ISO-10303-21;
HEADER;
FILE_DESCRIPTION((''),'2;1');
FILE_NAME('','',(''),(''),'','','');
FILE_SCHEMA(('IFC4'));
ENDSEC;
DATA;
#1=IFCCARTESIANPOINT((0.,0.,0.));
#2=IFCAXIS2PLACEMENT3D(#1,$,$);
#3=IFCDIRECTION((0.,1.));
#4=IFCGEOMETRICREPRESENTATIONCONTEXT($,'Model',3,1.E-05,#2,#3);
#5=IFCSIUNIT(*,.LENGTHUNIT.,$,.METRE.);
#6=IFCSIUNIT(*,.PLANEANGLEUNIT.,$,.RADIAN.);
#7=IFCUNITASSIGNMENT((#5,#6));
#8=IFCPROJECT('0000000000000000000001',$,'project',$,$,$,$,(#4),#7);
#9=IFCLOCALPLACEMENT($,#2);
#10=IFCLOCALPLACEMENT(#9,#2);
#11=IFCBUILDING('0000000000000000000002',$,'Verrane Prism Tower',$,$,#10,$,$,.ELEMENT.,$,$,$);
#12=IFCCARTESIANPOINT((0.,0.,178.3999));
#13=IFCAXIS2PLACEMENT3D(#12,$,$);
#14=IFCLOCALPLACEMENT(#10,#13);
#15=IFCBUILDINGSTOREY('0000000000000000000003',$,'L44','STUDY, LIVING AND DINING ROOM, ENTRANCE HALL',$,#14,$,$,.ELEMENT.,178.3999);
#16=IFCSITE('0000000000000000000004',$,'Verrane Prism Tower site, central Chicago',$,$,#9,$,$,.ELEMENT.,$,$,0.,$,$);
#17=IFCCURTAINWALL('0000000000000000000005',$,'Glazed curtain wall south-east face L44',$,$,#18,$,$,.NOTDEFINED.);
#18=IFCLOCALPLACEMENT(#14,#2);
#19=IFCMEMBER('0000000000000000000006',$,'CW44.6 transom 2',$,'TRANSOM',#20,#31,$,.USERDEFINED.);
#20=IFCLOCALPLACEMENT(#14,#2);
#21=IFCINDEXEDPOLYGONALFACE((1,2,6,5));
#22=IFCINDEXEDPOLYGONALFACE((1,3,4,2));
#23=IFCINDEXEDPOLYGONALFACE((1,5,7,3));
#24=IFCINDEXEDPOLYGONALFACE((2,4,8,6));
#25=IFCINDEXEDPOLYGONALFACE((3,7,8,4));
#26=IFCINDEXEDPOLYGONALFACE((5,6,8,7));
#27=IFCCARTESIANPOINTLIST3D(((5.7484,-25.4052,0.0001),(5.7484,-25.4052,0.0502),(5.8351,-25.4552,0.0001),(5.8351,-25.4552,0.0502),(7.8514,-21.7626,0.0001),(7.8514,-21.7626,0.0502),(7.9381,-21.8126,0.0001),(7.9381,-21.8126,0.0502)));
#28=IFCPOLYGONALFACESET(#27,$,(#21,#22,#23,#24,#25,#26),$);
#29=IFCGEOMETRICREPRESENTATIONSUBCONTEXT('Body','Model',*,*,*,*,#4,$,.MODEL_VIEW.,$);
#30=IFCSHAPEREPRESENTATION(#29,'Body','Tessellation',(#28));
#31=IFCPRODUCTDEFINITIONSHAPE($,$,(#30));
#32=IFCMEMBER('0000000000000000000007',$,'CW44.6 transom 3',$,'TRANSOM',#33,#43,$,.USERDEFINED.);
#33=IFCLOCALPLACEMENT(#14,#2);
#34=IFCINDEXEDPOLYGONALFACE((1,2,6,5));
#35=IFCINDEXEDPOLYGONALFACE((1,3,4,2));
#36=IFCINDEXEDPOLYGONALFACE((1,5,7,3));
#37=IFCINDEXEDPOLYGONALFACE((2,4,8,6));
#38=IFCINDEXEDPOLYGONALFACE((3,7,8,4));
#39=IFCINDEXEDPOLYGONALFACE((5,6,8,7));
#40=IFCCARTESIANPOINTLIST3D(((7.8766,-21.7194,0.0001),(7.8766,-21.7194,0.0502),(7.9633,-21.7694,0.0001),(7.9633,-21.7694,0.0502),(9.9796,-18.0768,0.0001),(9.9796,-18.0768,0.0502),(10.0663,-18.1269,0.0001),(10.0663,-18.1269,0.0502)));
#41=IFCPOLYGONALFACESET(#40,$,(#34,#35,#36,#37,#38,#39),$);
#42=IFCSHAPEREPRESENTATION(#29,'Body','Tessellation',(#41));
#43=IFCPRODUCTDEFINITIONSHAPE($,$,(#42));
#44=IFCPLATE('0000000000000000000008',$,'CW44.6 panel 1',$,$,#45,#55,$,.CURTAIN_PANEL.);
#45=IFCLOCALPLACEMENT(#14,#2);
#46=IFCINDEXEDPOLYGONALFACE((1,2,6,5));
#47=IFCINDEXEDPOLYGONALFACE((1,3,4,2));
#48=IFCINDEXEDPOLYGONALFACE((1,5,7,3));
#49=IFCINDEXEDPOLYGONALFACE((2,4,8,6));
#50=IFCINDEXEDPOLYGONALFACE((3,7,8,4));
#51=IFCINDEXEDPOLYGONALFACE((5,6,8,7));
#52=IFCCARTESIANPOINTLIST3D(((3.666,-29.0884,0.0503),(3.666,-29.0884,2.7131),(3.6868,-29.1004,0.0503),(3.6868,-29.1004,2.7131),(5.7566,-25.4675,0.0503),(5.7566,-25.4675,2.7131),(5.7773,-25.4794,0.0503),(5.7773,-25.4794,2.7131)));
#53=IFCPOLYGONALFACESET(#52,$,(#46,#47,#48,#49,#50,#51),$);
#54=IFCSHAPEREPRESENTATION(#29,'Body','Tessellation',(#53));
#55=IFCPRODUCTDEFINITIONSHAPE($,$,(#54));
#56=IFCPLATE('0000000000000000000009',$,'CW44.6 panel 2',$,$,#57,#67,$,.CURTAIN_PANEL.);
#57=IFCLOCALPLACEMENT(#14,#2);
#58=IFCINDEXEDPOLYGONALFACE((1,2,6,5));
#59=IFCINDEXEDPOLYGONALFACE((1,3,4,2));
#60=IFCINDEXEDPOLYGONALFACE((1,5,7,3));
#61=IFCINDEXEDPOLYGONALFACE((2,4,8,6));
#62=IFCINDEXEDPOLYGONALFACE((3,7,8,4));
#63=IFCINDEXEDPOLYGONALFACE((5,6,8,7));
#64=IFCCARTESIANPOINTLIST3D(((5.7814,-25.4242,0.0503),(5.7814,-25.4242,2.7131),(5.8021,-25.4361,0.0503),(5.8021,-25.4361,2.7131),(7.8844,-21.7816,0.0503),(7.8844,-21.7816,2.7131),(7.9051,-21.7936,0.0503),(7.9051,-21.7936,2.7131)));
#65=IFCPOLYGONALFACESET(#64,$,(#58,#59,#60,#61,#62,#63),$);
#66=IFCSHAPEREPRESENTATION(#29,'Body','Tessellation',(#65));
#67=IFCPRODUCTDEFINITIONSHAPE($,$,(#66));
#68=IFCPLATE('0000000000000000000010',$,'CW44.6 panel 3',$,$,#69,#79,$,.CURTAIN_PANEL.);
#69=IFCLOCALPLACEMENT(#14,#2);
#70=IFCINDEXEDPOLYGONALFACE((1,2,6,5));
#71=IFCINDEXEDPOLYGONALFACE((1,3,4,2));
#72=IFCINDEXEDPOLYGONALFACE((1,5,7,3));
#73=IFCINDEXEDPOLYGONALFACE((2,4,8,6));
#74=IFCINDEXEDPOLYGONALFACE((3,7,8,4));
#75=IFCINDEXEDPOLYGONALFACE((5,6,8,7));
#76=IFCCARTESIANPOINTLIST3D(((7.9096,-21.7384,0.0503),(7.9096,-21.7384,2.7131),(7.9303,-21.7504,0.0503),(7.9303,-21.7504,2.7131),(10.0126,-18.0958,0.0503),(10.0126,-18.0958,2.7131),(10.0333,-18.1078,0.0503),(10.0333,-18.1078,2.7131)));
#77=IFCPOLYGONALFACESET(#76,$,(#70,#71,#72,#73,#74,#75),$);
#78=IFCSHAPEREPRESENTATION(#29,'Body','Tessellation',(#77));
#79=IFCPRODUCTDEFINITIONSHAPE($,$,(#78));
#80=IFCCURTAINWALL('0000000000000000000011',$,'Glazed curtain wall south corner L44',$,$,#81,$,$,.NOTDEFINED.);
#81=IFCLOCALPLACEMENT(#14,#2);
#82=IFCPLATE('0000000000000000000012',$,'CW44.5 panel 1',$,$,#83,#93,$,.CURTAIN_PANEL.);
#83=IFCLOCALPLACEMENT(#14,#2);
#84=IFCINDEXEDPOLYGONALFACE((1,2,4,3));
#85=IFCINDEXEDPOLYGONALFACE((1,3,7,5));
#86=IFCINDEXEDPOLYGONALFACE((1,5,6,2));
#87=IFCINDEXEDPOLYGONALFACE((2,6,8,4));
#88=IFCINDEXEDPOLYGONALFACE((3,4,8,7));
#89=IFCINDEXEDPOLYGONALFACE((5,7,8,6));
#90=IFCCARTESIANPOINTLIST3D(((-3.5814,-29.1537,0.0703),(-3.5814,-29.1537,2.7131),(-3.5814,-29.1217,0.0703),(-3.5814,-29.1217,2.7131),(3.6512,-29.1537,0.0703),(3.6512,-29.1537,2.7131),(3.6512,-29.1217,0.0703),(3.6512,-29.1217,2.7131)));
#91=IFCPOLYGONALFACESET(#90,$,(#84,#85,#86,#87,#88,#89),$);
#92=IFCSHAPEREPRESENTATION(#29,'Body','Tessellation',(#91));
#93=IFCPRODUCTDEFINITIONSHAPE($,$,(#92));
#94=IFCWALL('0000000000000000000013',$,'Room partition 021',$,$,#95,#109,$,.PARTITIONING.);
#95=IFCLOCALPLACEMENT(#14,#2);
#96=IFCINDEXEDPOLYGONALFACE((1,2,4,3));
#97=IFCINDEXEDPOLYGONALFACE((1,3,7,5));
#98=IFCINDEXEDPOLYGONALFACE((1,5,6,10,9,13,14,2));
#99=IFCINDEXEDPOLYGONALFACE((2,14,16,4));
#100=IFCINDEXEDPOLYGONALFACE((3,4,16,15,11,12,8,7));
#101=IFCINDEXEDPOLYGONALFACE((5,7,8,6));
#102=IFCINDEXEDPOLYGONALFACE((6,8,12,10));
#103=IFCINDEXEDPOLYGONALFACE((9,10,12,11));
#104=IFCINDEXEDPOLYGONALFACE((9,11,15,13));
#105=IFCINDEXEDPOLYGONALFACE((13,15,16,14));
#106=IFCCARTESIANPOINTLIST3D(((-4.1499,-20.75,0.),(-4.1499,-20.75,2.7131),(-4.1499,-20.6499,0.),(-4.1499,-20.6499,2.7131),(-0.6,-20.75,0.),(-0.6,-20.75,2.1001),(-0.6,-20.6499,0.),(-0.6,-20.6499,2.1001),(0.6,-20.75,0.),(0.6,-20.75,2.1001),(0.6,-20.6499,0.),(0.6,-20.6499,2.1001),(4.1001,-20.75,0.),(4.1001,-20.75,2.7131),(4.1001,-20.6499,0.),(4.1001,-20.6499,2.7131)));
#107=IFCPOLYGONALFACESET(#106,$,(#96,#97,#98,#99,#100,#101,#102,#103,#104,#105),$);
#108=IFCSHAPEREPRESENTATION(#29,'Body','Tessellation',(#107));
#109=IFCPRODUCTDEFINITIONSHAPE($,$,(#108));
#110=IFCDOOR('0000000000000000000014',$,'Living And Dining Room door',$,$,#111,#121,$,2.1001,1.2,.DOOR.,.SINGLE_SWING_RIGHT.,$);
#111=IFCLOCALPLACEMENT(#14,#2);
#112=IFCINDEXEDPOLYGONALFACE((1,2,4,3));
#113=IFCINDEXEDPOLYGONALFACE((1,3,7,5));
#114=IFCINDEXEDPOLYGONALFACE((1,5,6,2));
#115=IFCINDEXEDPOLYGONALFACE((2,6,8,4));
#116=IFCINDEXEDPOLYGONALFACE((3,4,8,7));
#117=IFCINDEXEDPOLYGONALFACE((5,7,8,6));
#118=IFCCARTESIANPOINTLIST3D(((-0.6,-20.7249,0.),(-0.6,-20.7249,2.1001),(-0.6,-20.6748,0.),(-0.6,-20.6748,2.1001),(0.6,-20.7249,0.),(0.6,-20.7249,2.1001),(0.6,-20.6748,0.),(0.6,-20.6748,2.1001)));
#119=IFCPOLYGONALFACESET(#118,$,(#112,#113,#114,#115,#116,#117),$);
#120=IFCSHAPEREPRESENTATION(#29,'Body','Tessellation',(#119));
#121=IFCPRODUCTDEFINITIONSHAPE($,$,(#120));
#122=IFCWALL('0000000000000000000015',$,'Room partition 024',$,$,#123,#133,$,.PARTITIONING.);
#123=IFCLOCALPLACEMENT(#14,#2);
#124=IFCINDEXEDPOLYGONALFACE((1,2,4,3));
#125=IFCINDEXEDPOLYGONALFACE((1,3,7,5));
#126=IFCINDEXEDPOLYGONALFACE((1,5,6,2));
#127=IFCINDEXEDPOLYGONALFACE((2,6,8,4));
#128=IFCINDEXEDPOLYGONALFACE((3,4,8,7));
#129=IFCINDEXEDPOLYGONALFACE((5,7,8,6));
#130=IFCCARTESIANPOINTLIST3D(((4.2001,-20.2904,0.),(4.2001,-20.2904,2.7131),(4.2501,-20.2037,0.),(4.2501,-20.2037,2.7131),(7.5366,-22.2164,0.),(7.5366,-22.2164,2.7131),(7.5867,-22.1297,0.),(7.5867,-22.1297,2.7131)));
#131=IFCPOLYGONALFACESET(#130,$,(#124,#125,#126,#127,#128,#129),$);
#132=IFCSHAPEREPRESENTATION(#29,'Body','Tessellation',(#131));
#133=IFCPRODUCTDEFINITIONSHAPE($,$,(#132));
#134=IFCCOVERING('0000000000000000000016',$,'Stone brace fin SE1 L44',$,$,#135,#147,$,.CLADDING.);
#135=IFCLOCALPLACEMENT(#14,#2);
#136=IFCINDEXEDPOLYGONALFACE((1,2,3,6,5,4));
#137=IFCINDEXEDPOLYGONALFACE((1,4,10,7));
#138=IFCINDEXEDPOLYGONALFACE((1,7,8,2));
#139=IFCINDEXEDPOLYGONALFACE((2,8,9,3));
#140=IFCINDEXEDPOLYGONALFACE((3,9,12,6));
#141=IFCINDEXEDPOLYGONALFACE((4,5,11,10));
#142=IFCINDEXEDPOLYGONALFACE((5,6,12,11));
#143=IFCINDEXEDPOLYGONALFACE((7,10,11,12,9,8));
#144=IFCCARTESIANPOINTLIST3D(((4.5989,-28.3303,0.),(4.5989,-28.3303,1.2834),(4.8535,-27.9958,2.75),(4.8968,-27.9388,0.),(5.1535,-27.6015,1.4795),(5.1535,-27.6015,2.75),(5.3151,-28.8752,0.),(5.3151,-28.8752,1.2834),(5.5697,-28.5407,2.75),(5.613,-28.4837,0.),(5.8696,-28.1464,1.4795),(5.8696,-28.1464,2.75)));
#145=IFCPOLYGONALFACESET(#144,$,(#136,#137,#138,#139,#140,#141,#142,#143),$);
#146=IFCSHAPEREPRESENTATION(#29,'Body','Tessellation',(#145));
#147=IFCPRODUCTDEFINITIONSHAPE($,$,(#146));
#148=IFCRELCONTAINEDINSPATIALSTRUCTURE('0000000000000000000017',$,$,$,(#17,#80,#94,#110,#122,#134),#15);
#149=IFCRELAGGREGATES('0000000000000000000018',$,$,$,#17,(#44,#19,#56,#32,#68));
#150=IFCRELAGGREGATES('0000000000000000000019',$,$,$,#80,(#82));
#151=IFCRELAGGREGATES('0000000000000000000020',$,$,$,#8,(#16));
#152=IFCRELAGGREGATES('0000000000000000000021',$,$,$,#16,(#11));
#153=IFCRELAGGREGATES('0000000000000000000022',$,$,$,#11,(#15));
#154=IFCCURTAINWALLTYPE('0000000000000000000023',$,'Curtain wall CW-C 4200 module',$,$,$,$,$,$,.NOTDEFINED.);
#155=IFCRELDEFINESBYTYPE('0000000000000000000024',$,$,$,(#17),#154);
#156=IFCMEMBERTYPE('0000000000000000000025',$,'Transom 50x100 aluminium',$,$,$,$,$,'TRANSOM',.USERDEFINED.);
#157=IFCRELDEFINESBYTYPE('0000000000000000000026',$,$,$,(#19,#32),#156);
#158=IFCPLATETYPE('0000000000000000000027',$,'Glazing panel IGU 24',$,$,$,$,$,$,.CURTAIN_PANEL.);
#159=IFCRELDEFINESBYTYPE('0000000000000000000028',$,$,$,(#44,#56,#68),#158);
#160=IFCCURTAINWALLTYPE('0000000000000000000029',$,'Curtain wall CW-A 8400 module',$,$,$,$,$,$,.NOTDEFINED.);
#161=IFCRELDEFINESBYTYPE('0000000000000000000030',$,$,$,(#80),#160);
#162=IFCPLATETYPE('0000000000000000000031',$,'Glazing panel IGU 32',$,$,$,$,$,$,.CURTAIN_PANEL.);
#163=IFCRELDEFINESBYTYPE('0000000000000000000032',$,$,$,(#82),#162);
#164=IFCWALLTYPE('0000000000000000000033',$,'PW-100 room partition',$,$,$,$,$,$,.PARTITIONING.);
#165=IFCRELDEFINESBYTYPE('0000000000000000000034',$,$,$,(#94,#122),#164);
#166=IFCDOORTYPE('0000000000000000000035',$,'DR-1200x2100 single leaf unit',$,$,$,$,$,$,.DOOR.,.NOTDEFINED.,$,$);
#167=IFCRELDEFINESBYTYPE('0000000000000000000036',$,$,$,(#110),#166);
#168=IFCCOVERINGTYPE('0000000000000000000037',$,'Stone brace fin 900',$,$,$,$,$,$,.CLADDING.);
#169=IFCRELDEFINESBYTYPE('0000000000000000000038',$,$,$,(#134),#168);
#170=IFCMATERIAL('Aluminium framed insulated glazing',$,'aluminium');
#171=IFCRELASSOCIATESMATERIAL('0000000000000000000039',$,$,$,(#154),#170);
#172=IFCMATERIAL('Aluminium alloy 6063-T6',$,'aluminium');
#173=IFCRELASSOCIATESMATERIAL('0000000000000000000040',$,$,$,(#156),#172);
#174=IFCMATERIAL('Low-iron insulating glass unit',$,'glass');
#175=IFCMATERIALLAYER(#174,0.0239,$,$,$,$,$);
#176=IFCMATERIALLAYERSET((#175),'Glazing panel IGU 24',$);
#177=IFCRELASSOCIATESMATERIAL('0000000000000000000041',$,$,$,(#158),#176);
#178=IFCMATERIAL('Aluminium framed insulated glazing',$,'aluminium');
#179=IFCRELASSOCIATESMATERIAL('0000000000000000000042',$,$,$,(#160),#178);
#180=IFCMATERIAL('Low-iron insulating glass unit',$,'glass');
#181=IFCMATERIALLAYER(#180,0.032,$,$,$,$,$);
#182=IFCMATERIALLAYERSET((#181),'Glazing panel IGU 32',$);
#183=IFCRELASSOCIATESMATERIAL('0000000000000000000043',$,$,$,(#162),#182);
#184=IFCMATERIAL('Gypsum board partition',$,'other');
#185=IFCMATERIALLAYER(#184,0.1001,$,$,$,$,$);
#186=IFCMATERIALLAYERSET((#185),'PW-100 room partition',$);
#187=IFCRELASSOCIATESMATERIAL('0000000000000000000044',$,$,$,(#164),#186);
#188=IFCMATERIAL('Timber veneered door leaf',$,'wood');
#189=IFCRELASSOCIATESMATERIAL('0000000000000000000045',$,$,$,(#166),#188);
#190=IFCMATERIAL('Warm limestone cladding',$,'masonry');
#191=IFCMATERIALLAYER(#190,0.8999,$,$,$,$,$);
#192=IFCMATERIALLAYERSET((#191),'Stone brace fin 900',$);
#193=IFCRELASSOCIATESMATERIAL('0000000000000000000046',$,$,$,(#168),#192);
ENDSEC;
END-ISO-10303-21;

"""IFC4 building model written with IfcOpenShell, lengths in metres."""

from ifc_helpers import new_model, si_unit, direction, frame, frame_2d, origin, origin_2d, place, context, subcontext, project, spatial, polyline, rectangle, outline, extrude, material, layer, layer_set, material_profile, profile_set, type_object, element, fill, aggregate, save


model = new_model("IFC4")

# Units and contexts
model_context = context("Model", 3, precision=1e-05, world=origin(), true_north=direction((0.0, 1.0)))
body_context = subcontext(model_context, "Body", "Model", "MODEL_VIEW")
ifc_project = project(units=[si_unit("LENGTHUNIT", "METRE"), si_unit("PLANEANGLEUNIT", "RADIAN")], contexts=[model_context])

# Site, building, storey
site_placement = place(None, origin())
site = spatial("IfcSite", under=ifc_project, at=site_placement, Name="Verrane Prism Tower site, central Chicago", CompositionType="ELEMENT", RefElevation=0.0)
building_placement = place(site_placement, origin())
building = spatial("IfcBuilding", under=site, at=building_placement, Name="Verrane Prism Tower", CompositionType="ELEMENT")
storey_placement = place(building_placement, frame((0.0, 0.0, 178.3999)))
storey = spatial("IfcBuildingStorey", under=building, at=storey_placement, Name="L44", Description="STUDY, LIVING AND DINING ROOM, ENTRANCE HALL", CompositionType="ELEMENT", Elevation=178.3999)

# Curtain wall
ifc_material_1 = material(Name="Aluminium framed insulated glazing", Category="aluminium")
curtain_wall_type_1 = type_object("IfcCurtainWallType", Name="Curtain wall CW-C 4200 module", PredefinedType="NOTDEFINED", material=ifc_material_1)
curtain_wall_1_placement = place(storey_placement, origin())
curtain_wall_1 = element("IfcCurtainWall", 1, at=curtain_wall_1_placement, inside=storey, type_object=curtain_wall_type_1, Name="Glazed curtain wall south-east face L44", PredefinedType="NOTDEFINED")

# Members
ifc_material_2 = material(Name="Aluminium alloy 6063-T6", Category="aluminium")
ifc_material_profile_1 = material_profile(ifc_material_2, rectangle(XDim=0.1001, YDim=0.05, at=origin_2d()), Name="Transom 50x100 aluminium")
ifc_profile_set_1 = profile_set([ifc_material_profile_1], Name="Aluminium alloy 6063-T6")
member_type_1 = type_object("IfcMemberType", Name="Transom 50x100 aluminium", ElementType="TRANSOM", PredefinedType="USERDEFINED", material=ifc_profile_set_1)
member_1_placement = place(storey_placement, frame((5.7917, -25.4302, 0.0251), z_axis=(0.499997, 0.866027, 0.0), x_axis=(-0.866027, 0.499997, 0.0)))
member_1 = element("IfcMember", 2, at=member_1_placement, type_object=member_type_1, Name="CW44.6 transom 2", ObjectType="TRANSOM", PredefinedType="USERDEFINED", context=body_context, shape_type="SweptSolid", body=[
    extrude(rectangle(XDim=0.1001, YDim=0.05, at=origin_2d()), origin(), (0.0, 0.0, 1.0), 4.2061),
])
member_2_placement = place(storey_placement, frame((7.9199, -21.7444, 0.0251), z_axis=(0.499997, 0.866027, 0.0), x_axis=(-0.866027, 0.499997, 0.0)))
member_2 = element("IfcMember", 3, at=member_2_placement, type_object=member_type_1, Name="CW44.6 transom 3", ObjectType="TRANSOM", PredefinedType="USERDEFINED", context=body_context, shape_type="SweptSolid", body=[
    extrude(rectangle(XDim=0.1001, YDim=0.05, at=origin_2d()), origin(), (0.0, 0.0, 1.0), 4.2061),
])

# Plates
ifc_material_3 = material(Name="Low-iron insulating glass unit", Category="glass")
ifc_layer_1 = layer(ifc_material_3, 0.0239)
ifc_layer_set_1 = layer_set([ifc_layer_1], Name="Glazing panel IGU 24")
plate_type_1 = type_object("IfcPlateType", Name="Glazing panel IGU 24", PredefinedType="CURTAIN_PANEL", material=ifc_layer_set_1)
plate_1_placement = place(storey_placement, frame((4.7217, -27.2839, 0.0503), z_axis=(0.0, 0.0, 1.0), x_axis=(0.499999, 0.866026, 0.0)))
plate_1 = element("IfcPlate", 4, at=plate_1_placement, type_object=plate_type_1, Name="CW44.6 panel 1", PredefinedType="CURTAIN_PANEL", context=body_context, shape_type="SweptSolid", body=[
    extrude(rectangle(XDim=4.1812, YDim=0.0239, at=origin_2d()), origin(), (0.0, 0.0, 1.0), 2.6628),
])
plate_2_placement = place(storey_placement, frame((6.8433, -23.6089, 0.0503), z_axis=(0.0, 0.0, 1.0), x_axis=(0.499999, 0.866026, 0.0)))
plate_2 = element("IfcPlate", 5, at=plate_2_placement, type_object=plate_type_1, Name="CW44.6 panel 2", PredefinedType="CURTAIN_PANEL", context=body_context, shape_type="SweptSolid", body=[
    extrude(rectangle(XDim=4.2061, YDim=0.0239, at=origin_2d()), origin(), (0.0, 0.0, 1.0), 2.6628),
])
plate_3_placement = place(storey_placement, frame((8.9714, -19.9231, 0.0503), z_axis=(0.0, 0.0, 1.0), x_axis=(0.499999, 0.866026, 0.0)))
plate_3 = element("IfcPlate", 6, at=plate_3_placement, type_object=plate_type_1, Name="CW44.6 panel 3", PredefinedType="CURTAIN_PANEL", context=body_context, shape_type="SweptSolid", body=[
    extrude(rectangle(XDim=4.2061, YDim=0.0239, at=origin_2d()), origin(), (0.0, 0.0, 1.0), 2.6628),
])
aggregate(curtain_wall_1, [plate_1, member_1, plate_2, member_2, plate_3])

# Curtain wall, plate
ifc_material_4 = material(Name="Aluminium framed insulated glazing", Category="aluminium")
curtain_wall_type_2 = type_object("IfcCurtainWallType", Name="Curtain wall CW-A 8400 module", PredefinedType="NOTDEFINED", material=ifc_material_4)
curtain_wall_2_placement = place(storey_placement, origin())
curtain_wall_2 = element("IfcCurtainWall", 7, at=curtain_wall_2_placement, inside=storey, type_object=curtain_wall_type_2, Name="Glazed curtain wall south corner L44", PredefinedType="NOTDEFINED")
ifc_material_5 = material(Name="Low-iron insulating glass unit", Category="glass")
ifc_layer_2 = layer(ifc_material_5, 0.032)
ifc_layer_set_2 = layer_set([ifc_layer_2], Name="Glazing panel IGU 32")
plate_type_2 = type_object("IfcPlateType", Name="Glazing panel IGU 32", PredefinedType="CURTAIN_PANEL", material=ifc_layer_set_2)
plate_4_placement = place(storey_placement, frame((0.0349, -29.1377, 0.0703), z_axis=(0.0, 0.0, 1.0), x_axis=(1.0, 0.0, 0.0)))
plate_4 = element("IfcPlate", 8, at=plate_4_placement, type_object=plate_type_2, Name="CW44.5 panel 1", PredefinedType="CURTAIN_PANEL", context=body_context, shape_type="SweptSolid", body=[
    extrude(rectangle(XDim=7.2327, YDim=0.032, at=origin_2d()), origin(), (0.0, 0.0, 1.0), 2.6428),
])
aggregate(curtain_wall_2, [plate_4])

# Wall, opening, door
ifc_material_6 = material(Name="Gypsum board partition", Category="other")
ifc_layer_3 = layer(ifc_material_6, 0.1001)
ifc_layer_set_3 = layer_set([ifc_layer_3], Name="PW-100 room partition")
wall_type = type_object("IfcWallType", Name="PW-100 room partition", PredefinedType="PARTITIONING", material=ifc_layer_set_3)
wall_1_placement = place(storey_placement, frame((4.1001, -20.7, 0.0), z_axis=(0.0, 0.0, 1.0), x_axis=(-1.0, 0.0, 0.0)))
wall_1 = element("IfcWall", 9, at=wall_1_placement, inside=storey, type_object=wall_type, Name="Room partition 021", PredefinedType="PARTITIONING", context=body_context, shape_type="SweptSolid", body=[
    extrude(rectangle(XDim=8.25, YDim=0.1001, at=frame_2d((4.125, 0.0))), origin(), (0.0, 0.0, 1.0), 2.7131),
])
opening_placement = place(wall_1_placement, frame((3.5, 0.0, 0.0)))
opening = element("IfcOpeningElement", 10, at=opening_placement, cuts=wall_1, PredefinedType="OPENING", context=body_context, shape_type="SweptSolid", body=[
    extrude(rectangle(XDim=1.2, YDim=2.1001, at=frame_2d((0.6001, 1.05))), frame((0.0, 0.0601, 0.0), z_axis=(0.0, -1.0, 0.0), x_axis=(1.0, 0.0, 0.0)), (0.0, 0.0, 1.0), 0.1201),
])
ifc_material_7 = material(Name="Timber veneered door leaf", Category="wood")
door_type = type_object("IfcDoorType", Name="DR-1200x2100 single leaf unit", OperationType="NOTDEFINED", PredefinedType="DOOR", material=ifc_material_7)
door_placement = place(opening_placement, origin())
door = element("IfcDoor", 11, at=door_placement, inside=storey, type_object=door_type, Name="Living And Dining Room door", OperationType="SINGLE_SWING_RIGHT", OverallHeight=2.1001, OverallWidth=1.2, PredefinedType="DOOR", context=body_context, shape_type="SweptSolid", body=[
    extrude(rectangle(XDim=1.2, YDim=2.1001, at=frame_2d((0.6001, 1.05))), frame((0.0, 0.0249, 0.0), z_axis=(0.0, -1.0, 0.0), x_axis=(1.0, 0.0, 0.0)), (0.0, 0.0, 1.0), 0.05),
])
fill(opening, door)

# Wall
wall_2_placement = place(storey_placement, frame((4.2251, -20.2471, 0.0), z_axis=(0.0, 0.0, 1.0), x_axis=(0.866071, -0.499922, 0.0)))
element("IfcWall", 12, at=wall_2_placement, inside=storey, type_object=wall_type, Name="Room partition 024", PredefinedType="PARTITIONING", context=body_context, shape_type="SweptSolid", body=[
    extrude(rectangle(XDim=3.8525, YDim=0.1001, at=frame_2d((1.9263, 0.0))), origin(), (0.0, 0.0, 1.0), 2.7131),
])

# Covering
ifc_material_8 = material(Name="Warm limestone cladding", Category="masonry")
ifc_layer_4 = layer(ifc_material_8, 0.8999)
ifc_layer_set_4 = layer_set([ifc_layer_4], Name="Stone brace fin 900")
covering_type = type_object("IfcCoveringType", Name="Stone brace fin 900", PredefinedType="CLADDING", material=ifc_layer_set_4)
covering_placement = place(storey_placement, frame((4.957, -28.6028, 0.0), z_axis=(0.0, 0.0, 1.0), x_axis=(0.605529, 0.795823, 0.0)))
element("IfcCovering", 13, at=covering_placement, inside=storey, type_object=covering_type, Name="Stone brace fin SE1 L44", PredefinedType="CLADDING", context=body_context, shape_type="SweptSolid", body=[
    extrude(outline(polyline([(0.9158, 2.75), (0.4204, 2.75), (0.0, 1.2834), (0.0, 0.0), (0.4919, 0.0), (0.9158, 1.4795), (0.9158, 2.75)])), frame((0.0, 0.45, 0.0), z_axis=(0.0, -1.0, 0.0), x_axis=(1.0, 0.0, 0.0)), (0.0, 0.0, 1.0), 0.8999),
])

save(model, "model.ifc")
